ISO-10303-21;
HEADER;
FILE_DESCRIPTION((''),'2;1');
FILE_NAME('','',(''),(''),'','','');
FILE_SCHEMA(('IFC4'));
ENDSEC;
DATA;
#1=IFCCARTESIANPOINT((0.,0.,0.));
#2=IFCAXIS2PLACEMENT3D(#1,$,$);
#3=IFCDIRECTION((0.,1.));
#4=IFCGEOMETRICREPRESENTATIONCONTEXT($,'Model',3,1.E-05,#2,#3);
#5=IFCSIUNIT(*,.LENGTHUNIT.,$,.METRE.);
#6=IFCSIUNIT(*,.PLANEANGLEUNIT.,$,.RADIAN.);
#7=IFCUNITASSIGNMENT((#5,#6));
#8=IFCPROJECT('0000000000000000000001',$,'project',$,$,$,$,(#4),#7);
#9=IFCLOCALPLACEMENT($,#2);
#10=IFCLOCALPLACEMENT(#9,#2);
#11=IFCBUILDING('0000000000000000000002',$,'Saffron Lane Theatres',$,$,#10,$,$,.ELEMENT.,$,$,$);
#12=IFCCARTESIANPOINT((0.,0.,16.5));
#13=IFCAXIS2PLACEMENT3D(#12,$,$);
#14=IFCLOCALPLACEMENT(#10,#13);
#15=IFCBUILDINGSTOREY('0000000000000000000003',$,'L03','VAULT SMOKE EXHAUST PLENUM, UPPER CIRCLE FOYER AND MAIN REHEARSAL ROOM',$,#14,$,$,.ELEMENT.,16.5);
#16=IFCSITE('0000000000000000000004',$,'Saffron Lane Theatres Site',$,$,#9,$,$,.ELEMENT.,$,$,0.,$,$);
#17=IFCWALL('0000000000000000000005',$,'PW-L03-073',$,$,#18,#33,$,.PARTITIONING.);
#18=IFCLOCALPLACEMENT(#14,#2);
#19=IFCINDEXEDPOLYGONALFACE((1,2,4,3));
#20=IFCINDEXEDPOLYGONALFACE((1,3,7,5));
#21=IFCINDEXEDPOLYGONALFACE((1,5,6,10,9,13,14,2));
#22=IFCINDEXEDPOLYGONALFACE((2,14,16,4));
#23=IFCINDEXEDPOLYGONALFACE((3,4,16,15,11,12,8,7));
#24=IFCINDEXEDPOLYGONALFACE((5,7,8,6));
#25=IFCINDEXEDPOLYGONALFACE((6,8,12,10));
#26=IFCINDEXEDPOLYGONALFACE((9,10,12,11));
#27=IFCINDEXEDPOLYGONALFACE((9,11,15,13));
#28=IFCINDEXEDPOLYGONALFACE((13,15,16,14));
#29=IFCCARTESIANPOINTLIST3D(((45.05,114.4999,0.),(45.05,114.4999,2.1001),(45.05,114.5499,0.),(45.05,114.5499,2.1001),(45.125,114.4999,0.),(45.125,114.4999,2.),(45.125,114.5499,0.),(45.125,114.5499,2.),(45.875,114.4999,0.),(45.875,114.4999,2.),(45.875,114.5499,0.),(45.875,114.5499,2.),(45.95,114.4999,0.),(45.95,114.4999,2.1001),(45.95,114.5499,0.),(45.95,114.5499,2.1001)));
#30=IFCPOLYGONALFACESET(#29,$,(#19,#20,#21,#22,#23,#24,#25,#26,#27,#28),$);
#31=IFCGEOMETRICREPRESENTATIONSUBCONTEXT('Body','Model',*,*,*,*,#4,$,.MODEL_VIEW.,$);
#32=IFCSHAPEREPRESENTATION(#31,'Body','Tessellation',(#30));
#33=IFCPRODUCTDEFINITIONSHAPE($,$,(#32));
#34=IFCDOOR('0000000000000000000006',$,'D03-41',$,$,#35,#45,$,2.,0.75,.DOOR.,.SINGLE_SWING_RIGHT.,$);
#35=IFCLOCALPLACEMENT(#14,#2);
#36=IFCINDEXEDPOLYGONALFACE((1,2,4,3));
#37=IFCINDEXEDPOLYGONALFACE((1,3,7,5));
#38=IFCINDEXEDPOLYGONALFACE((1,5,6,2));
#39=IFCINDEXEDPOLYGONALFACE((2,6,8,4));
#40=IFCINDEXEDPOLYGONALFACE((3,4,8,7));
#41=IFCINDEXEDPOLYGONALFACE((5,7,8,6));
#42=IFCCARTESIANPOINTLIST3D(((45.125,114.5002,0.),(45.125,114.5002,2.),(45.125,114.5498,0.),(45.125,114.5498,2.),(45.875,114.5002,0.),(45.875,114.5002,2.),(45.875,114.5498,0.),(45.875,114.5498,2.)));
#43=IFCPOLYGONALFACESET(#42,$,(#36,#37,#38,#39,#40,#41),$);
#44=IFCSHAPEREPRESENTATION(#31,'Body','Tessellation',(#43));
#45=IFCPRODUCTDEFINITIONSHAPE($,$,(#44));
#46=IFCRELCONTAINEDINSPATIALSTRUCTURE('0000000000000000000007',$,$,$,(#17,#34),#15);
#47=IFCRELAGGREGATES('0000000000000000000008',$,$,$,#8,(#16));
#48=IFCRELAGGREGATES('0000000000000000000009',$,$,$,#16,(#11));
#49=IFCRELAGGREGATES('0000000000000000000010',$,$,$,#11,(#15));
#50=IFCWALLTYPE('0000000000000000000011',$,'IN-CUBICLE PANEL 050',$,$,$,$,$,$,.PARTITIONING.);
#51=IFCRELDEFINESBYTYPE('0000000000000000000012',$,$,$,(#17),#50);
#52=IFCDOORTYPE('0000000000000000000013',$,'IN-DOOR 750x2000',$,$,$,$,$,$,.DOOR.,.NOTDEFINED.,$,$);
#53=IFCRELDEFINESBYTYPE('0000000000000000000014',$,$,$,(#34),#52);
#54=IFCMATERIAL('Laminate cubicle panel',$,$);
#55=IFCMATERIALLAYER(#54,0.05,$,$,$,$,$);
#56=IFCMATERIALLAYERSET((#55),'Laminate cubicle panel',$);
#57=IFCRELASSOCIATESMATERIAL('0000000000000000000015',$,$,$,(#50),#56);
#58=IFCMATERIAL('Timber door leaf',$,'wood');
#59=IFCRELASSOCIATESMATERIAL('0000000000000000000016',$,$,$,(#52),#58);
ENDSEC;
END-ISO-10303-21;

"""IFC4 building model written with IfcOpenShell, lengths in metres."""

from ifc_helpers import new_model, si_unit, direction, frame, frame_2d, origin, place, context, subcontext, project, spatial, rectangle, extrude, material, layer, layer_set, type_object, element, fill, save


model = new_model("IFC4")

# Units and contexts
model_context = context("Model", 3, precision=1e-05, world=origin(), true_north=direction((0.0, 1.0)))
body_context = subcontext(model_context, "Body", "Model", "MODEL_VIEW")
ifc_project = project(units=[si_unit("LENGTHUNIT", "METRE"), si_unit("PLANEANGLEUNIT", "RADIAN")], contexts=[model_context])

# Site, building, storey
site_placement = place(None, origin())
site = spatial("IfcSite", under=ifc_project, at=site_placement, Name="Saffron Lane Theatres Site", CompositionType="ELEMENT", RefElevation=0.0)
building_placement = place(site_placement, origin())
building = spatial("IfcBuilding", under=site, at=building_placement, Name="Saffron Lane Theatres", CompositionType="ELEMENT")
storey_placement = place(building_placement, frame((0.0, 0.0, 16.5)))
storey = spatial("IfcBuildingStorey", under=building, at=storey_placement, Name="L03", Description="VAULT SMOKE EXHAUST PLENUM, UPPER CIRCLE FOYER AND MAIN REHEARSAL ROOM", CompositionType="ELEMENT", Elevation=16.5)

# Shared definitions
ifc_material_1 = material(Name="Laminate cubicle panel")
ifc_layer_1 = layer(ifc_material_1, 0.05)
ifc_layer_set_1 = layer_set([ifc_layer_1], Name="Laminate cubicle panel")
wall_type_1 = type_object("IfcWallType", Name="IN-CUBICLE PANEL 050", PredefinedType="PARTITIONING", material=ifc_layer_set_1)

# Wall, opening, door
ifc_material_2 = material(Name="Timber door leaf", Category="wood")
door_type_1 = type_object("IfcDoorType", Name="IN-DOOR 750x2000", OperationType="NOTDEFINED", PredefinedType="DOOR", material=ifc_material_2)
wall_1_placement = place(storey_placement, frame((45.05, 114.5249, 0.0), z_axis=(0.0, 0.0, 1.0), x_axis=(1.0, 0.0, 0.0)))
wall_1 = element("IfcWall", 1, at=wall_1_placement, inside=storey, type_object=wall_type_1, Name="PW-L03-073", PredefinedType="PARTITIONING", context=body_context, shape_type="SweptSolid", body=[
    extrude(rectangle(XDim=0.8999, YDim=0.05, at=frame_2d((0.45, 0.0))), origin(), (0.0, 0.0, 1.0), 2.1001),
])
opening_1_placement = place(wall_1_placement, frame((0.075, 0.0, 0.0)))
opening_1 = element("IfcOpeningElement", 2, at=opening_1_placement, cuts=wall_1, PredefinedType="OPENING", context=body_context, shape_type="SweptSolid", body=[
    extrude(rectangle(XDim=0.75, YDim=2.0, at=frame_2d((0.375, 1.0))), frame((0.0, 0.0352, 0.0), z_axis=(0.0, -1.0, 0.0), x_axis=(1.0, 0.0, 0.0)), (0.0, 0.0, 1.0), 0.0701),
])
door_1_placement = place(opening_1_placement, origin())
door_1 = element("IfcDoor", 3, at=door_1_placement, inside=storey, type_object=door_type_1, Name="D03-41", OperationType="SINGLE_SWING_RIGHT", OverallHeight=2.0, OverallWidth=0.75, PredefinedType="DOOR", context=body_context, shape_type="SweptSolid", body=[
    extrude(rectangle(XDim=0.75, YDim=2.0, at=frame_2d((0.375, 1.0))), frame((0.0, 0.0249, 0.0), z_axis=(0.0, -1.0, 0.0), x_axis=(1.0, 0.0, 0.0)), (0.0, 0.0, 1.0), 0.0496),
])
fill(opening_1, door_1)

save(model, "model.ifc")
